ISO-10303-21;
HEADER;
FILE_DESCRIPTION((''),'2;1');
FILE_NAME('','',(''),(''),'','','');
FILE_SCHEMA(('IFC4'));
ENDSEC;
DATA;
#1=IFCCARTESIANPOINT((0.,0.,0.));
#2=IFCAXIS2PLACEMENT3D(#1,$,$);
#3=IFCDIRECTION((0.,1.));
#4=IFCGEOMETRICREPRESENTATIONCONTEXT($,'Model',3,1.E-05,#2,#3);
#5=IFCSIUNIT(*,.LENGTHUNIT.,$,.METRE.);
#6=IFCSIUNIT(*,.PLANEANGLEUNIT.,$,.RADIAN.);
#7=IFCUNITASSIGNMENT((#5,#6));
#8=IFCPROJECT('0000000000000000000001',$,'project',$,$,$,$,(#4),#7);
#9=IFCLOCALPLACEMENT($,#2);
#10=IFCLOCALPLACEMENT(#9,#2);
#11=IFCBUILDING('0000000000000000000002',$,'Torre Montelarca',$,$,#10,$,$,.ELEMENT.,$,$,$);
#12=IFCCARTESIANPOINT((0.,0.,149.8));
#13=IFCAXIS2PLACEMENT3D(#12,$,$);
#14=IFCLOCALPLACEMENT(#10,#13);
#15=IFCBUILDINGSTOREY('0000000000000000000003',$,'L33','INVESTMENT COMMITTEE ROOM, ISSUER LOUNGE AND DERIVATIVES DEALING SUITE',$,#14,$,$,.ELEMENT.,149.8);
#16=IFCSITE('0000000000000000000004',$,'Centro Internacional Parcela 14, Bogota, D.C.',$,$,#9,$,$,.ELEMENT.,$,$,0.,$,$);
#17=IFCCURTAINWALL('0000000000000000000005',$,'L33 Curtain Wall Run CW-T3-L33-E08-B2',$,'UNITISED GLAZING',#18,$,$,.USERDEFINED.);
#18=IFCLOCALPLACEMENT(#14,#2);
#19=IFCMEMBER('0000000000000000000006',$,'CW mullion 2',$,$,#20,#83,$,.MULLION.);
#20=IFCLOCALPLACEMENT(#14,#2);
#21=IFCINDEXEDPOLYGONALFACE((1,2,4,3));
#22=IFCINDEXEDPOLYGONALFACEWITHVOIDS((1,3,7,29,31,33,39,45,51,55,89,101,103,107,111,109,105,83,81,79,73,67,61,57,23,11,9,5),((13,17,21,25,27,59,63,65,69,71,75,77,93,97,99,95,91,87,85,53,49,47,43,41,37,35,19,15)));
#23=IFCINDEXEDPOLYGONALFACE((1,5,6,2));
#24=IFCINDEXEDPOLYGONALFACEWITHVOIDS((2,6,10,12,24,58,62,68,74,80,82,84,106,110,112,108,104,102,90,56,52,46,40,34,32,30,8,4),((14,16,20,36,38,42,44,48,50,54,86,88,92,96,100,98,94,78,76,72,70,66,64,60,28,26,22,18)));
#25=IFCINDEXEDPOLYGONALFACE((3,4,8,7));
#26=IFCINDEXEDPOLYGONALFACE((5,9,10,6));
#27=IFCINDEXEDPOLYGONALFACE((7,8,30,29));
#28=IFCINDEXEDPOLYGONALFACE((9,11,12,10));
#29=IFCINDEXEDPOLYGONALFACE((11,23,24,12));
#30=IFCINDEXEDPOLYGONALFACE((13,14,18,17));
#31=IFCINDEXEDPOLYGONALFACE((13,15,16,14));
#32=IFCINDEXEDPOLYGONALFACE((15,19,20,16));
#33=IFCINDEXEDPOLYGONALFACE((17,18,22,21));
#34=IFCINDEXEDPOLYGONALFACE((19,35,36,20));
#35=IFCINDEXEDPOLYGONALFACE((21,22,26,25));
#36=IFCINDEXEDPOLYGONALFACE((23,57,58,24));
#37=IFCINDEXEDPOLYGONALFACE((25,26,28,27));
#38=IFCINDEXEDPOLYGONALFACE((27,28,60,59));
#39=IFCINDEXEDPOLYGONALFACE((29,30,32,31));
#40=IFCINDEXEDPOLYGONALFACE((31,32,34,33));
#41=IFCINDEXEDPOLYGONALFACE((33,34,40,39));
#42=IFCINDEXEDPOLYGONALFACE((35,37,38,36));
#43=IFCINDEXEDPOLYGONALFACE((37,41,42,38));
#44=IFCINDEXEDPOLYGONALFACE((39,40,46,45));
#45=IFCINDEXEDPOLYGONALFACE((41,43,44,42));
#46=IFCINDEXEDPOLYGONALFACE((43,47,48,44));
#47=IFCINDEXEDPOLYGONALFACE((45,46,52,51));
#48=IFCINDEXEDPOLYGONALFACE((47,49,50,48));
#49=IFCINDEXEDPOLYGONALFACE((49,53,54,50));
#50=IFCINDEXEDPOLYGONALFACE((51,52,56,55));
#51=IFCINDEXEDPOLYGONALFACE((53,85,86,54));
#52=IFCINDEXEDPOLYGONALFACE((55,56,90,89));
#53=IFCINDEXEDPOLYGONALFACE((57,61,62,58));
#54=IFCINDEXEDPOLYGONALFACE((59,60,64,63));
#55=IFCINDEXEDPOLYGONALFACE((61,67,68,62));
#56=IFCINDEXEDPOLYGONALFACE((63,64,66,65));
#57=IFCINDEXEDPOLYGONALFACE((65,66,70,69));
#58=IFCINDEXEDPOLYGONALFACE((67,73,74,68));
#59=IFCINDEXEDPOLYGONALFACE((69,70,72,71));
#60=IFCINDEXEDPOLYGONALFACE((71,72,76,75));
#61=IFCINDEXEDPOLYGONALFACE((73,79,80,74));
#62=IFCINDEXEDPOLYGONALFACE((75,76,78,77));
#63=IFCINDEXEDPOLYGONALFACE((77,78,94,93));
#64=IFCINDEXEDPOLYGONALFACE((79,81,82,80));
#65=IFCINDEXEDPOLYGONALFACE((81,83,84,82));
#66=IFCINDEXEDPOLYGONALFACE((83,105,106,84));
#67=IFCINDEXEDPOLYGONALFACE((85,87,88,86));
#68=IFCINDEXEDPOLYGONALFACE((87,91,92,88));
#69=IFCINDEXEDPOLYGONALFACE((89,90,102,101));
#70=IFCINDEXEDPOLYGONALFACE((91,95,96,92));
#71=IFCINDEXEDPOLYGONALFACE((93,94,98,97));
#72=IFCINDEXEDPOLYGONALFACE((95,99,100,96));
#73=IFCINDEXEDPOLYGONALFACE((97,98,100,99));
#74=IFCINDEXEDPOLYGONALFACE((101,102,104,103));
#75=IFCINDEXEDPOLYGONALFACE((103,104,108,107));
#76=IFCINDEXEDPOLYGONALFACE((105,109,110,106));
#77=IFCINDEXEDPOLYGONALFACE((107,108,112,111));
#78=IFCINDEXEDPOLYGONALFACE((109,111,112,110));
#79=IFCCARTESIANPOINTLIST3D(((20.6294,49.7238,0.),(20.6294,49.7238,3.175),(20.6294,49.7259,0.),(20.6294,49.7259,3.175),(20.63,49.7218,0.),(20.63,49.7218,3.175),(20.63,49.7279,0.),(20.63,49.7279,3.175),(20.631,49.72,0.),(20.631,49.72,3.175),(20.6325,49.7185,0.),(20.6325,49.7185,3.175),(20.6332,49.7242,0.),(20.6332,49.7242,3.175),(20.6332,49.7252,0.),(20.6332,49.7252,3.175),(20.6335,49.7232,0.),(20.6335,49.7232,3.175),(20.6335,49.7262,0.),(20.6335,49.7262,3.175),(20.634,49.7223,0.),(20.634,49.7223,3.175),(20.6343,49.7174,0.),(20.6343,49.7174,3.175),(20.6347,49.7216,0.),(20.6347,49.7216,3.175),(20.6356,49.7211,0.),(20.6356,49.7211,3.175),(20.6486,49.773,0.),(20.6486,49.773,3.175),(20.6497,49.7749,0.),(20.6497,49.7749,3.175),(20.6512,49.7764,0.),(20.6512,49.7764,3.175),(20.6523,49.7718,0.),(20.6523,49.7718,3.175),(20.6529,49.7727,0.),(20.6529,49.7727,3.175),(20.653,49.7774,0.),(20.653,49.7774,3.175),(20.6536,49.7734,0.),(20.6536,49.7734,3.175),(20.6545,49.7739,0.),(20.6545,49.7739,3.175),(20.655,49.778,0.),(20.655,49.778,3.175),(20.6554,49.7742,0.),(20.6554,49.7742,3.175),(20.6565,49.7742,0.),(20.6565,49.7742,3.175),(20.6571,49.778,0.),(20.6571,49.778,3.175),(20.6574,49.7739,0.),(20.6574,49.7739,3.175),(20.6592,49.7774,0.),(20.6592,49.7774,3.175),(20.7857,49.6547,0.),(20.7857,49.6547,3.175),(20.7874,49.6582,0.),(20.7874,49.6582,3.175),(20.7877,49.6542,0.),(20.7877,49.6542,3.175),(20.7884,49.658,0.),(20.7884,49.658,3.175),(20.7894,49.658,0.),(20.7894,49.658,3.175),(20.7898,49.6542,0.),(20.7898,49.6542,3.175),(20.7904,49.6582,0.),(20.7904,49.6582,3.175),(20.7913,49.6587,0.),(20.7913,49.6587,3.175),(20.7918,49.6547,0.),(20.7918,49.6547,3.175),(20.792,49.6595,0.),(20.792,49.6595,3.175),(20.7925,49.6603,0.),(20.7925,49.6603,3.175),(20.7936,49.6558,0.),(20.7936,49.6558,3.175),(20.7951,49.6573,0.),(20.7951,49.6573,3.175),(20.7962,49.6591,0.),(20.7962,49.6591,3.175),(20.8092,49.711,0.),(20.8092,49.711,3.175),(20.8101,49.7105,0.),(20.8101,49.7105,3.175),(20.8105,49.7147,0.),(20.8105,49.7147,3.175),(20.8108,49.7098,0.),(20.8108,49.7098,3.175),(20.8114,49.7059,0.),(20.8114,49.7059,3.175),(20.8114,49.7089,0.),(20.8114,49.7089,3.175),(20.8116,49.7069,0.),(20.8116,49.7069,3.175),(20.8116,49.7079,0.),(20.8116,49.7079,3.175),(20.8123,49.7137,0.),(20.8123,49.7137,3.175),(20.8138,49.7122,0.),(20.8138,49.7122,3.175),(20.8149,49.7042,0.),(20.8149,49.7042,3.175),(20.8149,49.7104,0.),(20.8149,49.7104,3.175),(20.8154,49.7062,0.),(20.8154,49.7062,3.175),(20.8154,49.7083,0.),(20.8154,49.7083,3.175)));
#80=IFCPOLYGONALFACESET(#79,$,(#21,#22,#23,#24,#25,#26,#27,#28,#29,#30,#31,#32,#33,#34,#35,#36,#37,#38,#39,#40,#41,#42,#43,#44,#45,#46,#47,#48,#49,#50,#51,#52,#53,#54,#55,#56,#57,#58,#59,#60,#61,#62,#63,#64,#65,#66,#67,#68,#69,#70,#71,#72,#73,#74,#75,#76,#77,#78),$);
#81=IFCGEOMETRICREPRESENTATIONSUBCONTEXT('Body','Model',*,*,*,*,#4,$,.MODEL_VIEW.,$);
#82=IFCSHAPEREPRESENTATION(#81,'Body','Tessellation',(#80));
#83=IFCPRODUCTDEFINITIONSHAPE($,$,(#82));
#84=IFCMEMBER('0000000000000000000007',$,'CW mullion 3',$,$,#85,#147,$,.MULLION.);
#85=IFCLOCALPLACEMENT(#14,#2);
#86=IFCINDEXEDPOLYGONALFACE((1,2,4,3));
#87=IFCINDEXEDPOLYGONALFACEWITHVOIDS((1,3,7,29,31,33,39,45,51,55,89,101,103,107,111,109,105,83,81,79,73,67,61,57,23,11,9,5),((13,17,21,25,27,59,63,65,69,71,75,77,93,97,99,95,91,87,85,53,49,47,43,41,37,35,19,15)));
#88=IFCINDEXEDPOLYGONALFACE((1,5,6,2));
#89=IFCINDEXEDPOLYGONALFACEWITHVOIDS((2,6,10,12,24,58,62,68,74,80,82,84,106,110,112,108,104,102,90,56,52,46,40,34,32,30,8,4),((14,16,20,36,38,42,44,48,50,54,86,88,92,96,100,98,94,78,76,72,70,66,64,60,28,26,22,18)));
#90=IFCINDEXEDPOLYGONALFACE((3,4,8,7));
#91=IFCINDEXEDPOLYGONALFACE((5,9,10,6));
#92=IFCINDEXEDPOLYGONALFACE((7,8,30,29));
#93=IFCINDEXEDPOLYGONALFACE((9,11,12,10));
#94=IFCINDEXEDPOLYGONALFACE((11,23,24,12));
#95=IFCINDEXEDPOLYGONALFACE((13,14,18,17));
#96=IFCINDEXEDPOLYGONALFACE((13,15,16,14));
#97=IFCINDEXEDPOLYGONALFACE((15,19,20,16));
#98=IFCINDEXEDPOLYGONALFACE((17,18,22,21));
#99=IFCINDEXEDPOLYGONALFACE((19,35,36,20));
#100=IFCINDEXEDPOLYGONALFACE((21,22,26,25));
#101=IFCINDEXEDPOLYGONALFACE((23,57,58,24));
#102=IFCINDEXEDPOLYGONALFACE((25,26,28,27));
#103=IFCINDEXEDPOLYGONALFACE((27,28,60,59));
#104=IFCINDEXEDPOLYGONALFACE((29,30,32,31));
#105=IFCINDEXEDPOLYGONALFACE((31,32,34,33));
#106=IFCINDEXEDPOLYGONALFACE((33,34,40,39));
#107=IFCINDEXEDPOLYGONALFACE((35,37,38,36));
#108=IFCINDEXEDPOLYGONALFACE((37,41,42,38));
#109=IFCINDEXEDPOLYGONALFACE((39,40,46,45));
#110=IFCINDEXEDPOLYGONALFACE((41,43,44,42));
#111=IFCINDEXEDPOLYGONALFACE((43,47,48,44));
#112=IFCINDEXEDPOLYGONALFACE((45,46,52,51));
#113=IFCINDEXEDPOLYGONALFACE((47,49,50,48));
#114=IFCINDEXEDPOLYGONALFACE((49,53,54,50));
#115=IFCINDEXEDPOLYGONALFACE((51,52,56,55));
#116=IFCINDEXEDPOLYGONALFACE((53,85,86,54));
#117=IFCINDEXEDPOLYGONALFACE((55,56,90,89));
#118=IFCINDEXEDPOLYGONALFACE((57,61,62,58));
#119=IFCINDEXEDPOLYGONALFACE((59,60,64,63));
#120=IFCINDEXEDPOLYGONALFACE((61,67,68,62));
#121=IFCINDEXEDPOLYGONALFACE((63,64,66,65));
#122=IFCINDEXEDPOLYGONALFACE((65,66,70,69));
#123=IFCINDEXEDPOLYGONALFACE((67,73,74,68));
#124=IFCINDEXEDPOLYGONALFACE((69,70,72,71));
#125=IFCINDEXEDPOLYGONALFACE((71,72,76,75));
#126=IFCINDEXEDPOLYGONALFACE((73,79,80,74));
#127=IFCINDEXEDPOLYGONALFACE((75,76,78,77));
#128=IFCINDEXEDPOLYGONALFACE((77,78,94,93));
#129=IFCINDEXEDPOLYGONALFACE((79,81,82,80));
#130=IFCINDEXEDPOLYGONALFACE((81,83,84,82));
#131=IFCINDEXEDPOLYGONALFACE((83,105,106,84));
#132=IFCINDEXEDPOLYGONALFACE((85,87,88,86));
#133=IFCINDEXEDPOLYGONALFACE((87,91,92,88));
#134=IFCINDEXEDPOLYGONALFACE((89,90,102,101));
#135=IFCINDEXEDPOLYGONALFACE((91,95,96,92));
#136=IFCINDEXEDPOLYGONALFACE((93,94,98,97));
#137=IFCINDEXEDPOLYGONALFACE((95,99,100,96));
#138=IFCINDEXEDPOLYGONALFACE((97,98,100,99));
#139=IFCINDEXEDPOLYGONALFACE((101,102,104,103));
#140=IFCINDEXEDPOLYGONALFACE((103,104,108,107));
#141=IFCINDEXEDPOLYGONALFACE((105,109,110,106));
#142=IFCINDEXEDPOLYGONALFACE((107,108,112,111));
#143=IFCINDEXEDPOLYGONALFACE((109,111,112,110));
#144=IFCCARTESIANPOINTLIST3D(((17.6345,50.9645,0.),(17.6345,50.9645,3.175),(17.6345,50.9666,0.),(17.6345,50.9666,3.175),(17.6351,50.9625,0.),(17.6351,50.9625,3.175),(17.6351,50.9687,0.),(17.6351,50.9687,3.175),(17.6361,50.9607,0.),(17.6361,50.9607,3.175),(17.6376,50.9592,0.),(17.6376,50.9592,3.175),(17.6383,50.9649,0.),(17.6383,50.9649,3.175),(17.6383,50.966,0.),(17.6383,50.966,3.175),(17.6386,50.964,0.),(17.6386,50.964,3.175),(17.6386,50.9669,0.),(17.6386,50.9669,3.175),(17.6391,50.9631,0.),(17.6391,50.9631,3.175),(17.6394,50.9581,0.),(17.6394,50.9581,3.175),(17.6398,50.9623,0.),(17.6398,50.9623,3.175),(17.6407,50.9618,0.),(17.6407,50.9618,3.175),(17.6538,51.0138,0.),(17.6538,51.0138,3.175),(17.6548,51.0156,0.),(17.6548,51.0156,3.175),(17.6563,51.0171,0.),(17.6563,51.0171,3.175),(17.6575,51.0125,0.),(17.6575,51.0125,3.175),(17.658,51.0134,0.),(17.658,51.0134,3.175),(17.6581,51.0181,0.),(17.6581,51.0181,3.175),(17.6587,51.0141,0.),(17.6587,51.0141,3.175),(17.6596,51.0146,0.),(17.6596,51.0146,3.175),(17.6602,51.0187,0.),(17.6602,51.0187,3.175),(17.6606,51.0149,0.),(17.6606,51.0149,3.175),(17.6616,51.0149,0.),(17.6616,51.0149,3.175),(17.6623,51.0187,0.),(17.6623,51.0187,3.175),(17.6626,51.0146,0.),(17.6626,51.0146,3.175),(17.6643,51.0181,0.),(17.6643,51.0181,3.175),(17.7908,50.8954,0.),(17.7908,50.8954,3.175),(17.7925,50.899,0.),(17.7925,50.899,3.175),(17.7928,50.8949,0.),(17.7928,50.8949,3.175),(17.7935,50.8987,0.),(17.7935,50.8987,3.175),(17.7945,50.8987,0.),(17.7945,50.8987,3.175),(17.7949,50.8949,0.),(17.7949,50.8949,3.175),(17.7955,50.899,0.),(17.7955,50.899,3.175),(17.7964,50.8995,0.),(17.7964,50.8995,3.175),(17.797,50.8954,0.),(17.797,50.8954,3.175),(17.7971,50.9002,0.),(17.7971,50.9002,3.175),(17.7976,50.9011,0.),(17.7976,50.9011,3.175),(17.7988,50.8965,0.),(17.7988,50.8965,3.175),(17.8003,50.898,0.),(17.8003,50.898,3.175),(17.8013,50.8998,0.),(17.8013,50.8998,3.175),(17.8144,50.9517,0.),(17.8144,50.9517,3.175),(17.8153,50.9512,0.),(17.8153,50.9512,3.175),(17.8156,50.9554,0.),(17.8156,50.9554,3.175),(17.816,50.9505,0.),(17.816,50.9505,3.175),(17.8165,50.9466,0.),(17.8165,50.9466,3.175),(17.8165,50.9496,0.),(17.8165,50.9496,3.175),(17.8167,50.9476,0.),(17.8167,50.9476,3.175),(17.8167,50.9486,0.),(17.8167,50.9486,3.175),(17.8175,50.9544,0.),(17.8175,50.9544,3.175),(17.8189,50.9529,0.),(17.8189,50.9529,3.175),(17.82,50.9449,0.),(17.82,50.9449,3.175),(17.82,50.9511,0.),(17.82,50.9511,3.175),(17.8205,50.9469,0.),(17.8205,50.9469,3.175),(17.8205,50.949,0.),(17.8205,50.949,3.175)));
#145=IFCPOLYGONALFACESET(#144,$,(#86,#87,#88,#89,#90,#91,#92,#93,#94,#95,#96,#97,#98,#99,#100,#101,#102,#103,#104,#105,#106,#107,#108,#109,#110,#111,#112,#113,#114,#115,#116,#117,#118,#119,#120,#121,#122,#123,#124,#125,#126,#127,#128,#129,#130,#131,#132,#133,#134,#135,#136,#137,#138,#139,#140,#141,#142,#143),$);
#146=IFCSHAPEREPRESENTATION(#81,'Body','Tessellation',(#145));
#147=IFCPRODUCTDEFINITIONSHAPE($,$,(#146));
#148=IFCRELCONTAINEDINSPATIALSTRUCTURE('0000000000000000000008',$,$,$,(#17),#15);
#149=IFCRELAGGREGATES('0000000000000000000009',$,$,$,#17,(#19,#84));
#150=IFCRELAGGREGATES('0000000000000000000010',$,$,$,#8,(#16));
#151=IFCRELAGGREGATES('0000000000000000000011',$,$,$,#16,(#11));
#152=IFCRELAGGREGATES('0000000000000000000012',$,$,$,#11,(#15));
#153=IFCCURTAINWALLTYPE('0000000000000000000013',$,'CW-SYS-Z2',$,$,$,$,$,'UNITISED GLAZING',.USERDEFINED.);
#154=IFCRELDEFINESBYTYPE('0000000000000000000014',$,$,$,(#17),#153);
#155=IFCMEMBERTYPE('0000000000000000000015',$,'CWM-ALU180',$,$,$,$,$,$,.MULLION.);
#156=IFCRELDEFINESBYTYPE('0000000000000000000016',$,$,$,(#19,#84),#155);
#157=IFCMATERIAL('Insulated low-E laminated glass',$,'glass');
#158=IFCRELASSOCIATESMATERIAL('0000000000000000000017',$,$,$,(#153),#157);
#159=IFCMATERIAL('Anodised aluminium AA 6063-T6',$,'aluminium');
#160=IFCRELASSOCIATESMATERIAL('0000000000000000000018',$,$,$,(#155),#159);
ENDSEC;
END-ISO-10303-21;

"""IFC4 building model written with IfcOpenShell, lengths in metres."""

from ifc_helpers import new_model, si_unit, direction, frame, origin, origin_2d, place, context, subcontext, project, spatial, hollow_rectangle, extrude, source, transform, mapped, material, material_profile, profile_set, type_object, element, aggregate, save


model = new_model("IFC4")

# Units and contexts
model_context = context("Model", 3, precision=1e-05, world=origin(), true_north=direction((0.0, 1.0)))
body_context = subcontext(model_context, "Body", "Model", "MODEL_VIEW")
ifc_project = project(units=[si_unit("LENGTHUNIT", "METRE"), si_unit("PLANEANGLEUNIT", "RADIAN")], contexts=[model_context])

# Site, building, storey
site_placement = place(None, origin())
site = spatial("IfcSite", under=ifc_project, at=site_placement, Name="Centro Internacional Parcela 14, Bogota, D.C.", CompositionType="ELEMENT", RefElevation=0.0)
building_placement = place(site_placement, origin())
building = spatial("IfcBuilding", under=site, at=building_placement, Name="Torre Montelarca", CompositionType="ELEMENT")
storey_placement = place(building_placement, frame((0.0, 0.0, 149.8)))
storey = spatial("IfcBuildingStorey", under=building, at=storey_placement, Name="L33", Description="INVESTMENT COMMITTEE ROOM, ISSUER LOUNGE AND DERIVATIVES DEALING SUITE", CompositionType="ELEMENT", Elevation=149.8)

# Shared definitions
ifc_material_1 = material(Name="Insulated low-E laminated glass", Category="glass")
curtain_wall_type = type_object("IfcCurtainWallType", Name="CW-SYS-Z2", ElementType="UNITISED GLAZING", PredefinedType="USERDEFINED", material=ifc_material_1)
ifc_material_2 = material(Name="Anodised aluminium AA 6063-T6", Category="aluminium")
ifc_material_profile_1 = material_profile(ifc_material_2, hollow_rectangle(XDim=0.0649, YDim=0.1799, WallThickness=0.0039, InnerFilletRadius=0.0039, OuterFilletRadius=0.0081, at=origin_2d()), Name="ALU65X180X4", Category="aluminium")
ifc_profile_set_1 = profile_set([ifc_material_profile_1], Name="Anodised aluminium AA 6063-T6")
member_type_1 = type_object("IfcMemberType", Name="CWM-ALU180", PredefinedType="MULLION", material=ifc_profile_set_1)
shared_shape_1 = source(origin(), body_context, "Body", "SweptSolid", [
    extrude(hollow_rectangle(XDim=0.0649, YDim=0.1799, WallThickness=0.0039, InnerFilletRadius=0.0039, OuterFilletRadius=0.0081, at=origin_2d()), origin(), (0.0, 0.0, 1.0), 3.175),
])

# Curtain wall, members
curtain_wall_1_placement = place(storey_placement, origin())
curtain_wall_1 = element("IfcCurtainWall", 1, at=curtain_wall_1_placement, inside=storey, type_object=curtain_wall_type, Name="L33 Curtain Wall Run CW-T3-L33-E08-B2", ObjectType="UNITISED GLAZING", PredefinedType="USERDEFINED")
member_1_placement = place(storey_placement, frame((20.7224, 49.7161, 0.0), z_axis=(0.0, 0.0, 1.0), x_axis=(-0.382692, -0.923876, 0.0)))
member_1 = element("IfcMember", 2, at=member_1_placement, type_object=member_type_1, Name="CW mullion 2", PredefinedType="MULLION", context=body_context, shape_type="MappedRepresentation", body=[
    mapped(shared_shape_1, transform((0.0, 0.0, 0.0), scale=1.0)),
])
member_2_placement = place(storey_placement, frame((17.7275, 50.9568, 0.0), z_axis=(0.0, 0.0, 1.0), x_axis=(-0.382692, -0.923876, 0.0)))
member_2 = element("IfcMember", 3, at=member_2_placement, type_object=member_type_1, Name="CW mullion 3", PredefinedType="MULLION", context=body_context, shape_type="MappedRepresentation", body=[
    mapped(shared_shape_1, transform((0.0, 0.0, 0.0), scale=1.0)),
])
aggregate(curtain_wall_1, [member_1, member_2])

save(model, "model.ifc")
